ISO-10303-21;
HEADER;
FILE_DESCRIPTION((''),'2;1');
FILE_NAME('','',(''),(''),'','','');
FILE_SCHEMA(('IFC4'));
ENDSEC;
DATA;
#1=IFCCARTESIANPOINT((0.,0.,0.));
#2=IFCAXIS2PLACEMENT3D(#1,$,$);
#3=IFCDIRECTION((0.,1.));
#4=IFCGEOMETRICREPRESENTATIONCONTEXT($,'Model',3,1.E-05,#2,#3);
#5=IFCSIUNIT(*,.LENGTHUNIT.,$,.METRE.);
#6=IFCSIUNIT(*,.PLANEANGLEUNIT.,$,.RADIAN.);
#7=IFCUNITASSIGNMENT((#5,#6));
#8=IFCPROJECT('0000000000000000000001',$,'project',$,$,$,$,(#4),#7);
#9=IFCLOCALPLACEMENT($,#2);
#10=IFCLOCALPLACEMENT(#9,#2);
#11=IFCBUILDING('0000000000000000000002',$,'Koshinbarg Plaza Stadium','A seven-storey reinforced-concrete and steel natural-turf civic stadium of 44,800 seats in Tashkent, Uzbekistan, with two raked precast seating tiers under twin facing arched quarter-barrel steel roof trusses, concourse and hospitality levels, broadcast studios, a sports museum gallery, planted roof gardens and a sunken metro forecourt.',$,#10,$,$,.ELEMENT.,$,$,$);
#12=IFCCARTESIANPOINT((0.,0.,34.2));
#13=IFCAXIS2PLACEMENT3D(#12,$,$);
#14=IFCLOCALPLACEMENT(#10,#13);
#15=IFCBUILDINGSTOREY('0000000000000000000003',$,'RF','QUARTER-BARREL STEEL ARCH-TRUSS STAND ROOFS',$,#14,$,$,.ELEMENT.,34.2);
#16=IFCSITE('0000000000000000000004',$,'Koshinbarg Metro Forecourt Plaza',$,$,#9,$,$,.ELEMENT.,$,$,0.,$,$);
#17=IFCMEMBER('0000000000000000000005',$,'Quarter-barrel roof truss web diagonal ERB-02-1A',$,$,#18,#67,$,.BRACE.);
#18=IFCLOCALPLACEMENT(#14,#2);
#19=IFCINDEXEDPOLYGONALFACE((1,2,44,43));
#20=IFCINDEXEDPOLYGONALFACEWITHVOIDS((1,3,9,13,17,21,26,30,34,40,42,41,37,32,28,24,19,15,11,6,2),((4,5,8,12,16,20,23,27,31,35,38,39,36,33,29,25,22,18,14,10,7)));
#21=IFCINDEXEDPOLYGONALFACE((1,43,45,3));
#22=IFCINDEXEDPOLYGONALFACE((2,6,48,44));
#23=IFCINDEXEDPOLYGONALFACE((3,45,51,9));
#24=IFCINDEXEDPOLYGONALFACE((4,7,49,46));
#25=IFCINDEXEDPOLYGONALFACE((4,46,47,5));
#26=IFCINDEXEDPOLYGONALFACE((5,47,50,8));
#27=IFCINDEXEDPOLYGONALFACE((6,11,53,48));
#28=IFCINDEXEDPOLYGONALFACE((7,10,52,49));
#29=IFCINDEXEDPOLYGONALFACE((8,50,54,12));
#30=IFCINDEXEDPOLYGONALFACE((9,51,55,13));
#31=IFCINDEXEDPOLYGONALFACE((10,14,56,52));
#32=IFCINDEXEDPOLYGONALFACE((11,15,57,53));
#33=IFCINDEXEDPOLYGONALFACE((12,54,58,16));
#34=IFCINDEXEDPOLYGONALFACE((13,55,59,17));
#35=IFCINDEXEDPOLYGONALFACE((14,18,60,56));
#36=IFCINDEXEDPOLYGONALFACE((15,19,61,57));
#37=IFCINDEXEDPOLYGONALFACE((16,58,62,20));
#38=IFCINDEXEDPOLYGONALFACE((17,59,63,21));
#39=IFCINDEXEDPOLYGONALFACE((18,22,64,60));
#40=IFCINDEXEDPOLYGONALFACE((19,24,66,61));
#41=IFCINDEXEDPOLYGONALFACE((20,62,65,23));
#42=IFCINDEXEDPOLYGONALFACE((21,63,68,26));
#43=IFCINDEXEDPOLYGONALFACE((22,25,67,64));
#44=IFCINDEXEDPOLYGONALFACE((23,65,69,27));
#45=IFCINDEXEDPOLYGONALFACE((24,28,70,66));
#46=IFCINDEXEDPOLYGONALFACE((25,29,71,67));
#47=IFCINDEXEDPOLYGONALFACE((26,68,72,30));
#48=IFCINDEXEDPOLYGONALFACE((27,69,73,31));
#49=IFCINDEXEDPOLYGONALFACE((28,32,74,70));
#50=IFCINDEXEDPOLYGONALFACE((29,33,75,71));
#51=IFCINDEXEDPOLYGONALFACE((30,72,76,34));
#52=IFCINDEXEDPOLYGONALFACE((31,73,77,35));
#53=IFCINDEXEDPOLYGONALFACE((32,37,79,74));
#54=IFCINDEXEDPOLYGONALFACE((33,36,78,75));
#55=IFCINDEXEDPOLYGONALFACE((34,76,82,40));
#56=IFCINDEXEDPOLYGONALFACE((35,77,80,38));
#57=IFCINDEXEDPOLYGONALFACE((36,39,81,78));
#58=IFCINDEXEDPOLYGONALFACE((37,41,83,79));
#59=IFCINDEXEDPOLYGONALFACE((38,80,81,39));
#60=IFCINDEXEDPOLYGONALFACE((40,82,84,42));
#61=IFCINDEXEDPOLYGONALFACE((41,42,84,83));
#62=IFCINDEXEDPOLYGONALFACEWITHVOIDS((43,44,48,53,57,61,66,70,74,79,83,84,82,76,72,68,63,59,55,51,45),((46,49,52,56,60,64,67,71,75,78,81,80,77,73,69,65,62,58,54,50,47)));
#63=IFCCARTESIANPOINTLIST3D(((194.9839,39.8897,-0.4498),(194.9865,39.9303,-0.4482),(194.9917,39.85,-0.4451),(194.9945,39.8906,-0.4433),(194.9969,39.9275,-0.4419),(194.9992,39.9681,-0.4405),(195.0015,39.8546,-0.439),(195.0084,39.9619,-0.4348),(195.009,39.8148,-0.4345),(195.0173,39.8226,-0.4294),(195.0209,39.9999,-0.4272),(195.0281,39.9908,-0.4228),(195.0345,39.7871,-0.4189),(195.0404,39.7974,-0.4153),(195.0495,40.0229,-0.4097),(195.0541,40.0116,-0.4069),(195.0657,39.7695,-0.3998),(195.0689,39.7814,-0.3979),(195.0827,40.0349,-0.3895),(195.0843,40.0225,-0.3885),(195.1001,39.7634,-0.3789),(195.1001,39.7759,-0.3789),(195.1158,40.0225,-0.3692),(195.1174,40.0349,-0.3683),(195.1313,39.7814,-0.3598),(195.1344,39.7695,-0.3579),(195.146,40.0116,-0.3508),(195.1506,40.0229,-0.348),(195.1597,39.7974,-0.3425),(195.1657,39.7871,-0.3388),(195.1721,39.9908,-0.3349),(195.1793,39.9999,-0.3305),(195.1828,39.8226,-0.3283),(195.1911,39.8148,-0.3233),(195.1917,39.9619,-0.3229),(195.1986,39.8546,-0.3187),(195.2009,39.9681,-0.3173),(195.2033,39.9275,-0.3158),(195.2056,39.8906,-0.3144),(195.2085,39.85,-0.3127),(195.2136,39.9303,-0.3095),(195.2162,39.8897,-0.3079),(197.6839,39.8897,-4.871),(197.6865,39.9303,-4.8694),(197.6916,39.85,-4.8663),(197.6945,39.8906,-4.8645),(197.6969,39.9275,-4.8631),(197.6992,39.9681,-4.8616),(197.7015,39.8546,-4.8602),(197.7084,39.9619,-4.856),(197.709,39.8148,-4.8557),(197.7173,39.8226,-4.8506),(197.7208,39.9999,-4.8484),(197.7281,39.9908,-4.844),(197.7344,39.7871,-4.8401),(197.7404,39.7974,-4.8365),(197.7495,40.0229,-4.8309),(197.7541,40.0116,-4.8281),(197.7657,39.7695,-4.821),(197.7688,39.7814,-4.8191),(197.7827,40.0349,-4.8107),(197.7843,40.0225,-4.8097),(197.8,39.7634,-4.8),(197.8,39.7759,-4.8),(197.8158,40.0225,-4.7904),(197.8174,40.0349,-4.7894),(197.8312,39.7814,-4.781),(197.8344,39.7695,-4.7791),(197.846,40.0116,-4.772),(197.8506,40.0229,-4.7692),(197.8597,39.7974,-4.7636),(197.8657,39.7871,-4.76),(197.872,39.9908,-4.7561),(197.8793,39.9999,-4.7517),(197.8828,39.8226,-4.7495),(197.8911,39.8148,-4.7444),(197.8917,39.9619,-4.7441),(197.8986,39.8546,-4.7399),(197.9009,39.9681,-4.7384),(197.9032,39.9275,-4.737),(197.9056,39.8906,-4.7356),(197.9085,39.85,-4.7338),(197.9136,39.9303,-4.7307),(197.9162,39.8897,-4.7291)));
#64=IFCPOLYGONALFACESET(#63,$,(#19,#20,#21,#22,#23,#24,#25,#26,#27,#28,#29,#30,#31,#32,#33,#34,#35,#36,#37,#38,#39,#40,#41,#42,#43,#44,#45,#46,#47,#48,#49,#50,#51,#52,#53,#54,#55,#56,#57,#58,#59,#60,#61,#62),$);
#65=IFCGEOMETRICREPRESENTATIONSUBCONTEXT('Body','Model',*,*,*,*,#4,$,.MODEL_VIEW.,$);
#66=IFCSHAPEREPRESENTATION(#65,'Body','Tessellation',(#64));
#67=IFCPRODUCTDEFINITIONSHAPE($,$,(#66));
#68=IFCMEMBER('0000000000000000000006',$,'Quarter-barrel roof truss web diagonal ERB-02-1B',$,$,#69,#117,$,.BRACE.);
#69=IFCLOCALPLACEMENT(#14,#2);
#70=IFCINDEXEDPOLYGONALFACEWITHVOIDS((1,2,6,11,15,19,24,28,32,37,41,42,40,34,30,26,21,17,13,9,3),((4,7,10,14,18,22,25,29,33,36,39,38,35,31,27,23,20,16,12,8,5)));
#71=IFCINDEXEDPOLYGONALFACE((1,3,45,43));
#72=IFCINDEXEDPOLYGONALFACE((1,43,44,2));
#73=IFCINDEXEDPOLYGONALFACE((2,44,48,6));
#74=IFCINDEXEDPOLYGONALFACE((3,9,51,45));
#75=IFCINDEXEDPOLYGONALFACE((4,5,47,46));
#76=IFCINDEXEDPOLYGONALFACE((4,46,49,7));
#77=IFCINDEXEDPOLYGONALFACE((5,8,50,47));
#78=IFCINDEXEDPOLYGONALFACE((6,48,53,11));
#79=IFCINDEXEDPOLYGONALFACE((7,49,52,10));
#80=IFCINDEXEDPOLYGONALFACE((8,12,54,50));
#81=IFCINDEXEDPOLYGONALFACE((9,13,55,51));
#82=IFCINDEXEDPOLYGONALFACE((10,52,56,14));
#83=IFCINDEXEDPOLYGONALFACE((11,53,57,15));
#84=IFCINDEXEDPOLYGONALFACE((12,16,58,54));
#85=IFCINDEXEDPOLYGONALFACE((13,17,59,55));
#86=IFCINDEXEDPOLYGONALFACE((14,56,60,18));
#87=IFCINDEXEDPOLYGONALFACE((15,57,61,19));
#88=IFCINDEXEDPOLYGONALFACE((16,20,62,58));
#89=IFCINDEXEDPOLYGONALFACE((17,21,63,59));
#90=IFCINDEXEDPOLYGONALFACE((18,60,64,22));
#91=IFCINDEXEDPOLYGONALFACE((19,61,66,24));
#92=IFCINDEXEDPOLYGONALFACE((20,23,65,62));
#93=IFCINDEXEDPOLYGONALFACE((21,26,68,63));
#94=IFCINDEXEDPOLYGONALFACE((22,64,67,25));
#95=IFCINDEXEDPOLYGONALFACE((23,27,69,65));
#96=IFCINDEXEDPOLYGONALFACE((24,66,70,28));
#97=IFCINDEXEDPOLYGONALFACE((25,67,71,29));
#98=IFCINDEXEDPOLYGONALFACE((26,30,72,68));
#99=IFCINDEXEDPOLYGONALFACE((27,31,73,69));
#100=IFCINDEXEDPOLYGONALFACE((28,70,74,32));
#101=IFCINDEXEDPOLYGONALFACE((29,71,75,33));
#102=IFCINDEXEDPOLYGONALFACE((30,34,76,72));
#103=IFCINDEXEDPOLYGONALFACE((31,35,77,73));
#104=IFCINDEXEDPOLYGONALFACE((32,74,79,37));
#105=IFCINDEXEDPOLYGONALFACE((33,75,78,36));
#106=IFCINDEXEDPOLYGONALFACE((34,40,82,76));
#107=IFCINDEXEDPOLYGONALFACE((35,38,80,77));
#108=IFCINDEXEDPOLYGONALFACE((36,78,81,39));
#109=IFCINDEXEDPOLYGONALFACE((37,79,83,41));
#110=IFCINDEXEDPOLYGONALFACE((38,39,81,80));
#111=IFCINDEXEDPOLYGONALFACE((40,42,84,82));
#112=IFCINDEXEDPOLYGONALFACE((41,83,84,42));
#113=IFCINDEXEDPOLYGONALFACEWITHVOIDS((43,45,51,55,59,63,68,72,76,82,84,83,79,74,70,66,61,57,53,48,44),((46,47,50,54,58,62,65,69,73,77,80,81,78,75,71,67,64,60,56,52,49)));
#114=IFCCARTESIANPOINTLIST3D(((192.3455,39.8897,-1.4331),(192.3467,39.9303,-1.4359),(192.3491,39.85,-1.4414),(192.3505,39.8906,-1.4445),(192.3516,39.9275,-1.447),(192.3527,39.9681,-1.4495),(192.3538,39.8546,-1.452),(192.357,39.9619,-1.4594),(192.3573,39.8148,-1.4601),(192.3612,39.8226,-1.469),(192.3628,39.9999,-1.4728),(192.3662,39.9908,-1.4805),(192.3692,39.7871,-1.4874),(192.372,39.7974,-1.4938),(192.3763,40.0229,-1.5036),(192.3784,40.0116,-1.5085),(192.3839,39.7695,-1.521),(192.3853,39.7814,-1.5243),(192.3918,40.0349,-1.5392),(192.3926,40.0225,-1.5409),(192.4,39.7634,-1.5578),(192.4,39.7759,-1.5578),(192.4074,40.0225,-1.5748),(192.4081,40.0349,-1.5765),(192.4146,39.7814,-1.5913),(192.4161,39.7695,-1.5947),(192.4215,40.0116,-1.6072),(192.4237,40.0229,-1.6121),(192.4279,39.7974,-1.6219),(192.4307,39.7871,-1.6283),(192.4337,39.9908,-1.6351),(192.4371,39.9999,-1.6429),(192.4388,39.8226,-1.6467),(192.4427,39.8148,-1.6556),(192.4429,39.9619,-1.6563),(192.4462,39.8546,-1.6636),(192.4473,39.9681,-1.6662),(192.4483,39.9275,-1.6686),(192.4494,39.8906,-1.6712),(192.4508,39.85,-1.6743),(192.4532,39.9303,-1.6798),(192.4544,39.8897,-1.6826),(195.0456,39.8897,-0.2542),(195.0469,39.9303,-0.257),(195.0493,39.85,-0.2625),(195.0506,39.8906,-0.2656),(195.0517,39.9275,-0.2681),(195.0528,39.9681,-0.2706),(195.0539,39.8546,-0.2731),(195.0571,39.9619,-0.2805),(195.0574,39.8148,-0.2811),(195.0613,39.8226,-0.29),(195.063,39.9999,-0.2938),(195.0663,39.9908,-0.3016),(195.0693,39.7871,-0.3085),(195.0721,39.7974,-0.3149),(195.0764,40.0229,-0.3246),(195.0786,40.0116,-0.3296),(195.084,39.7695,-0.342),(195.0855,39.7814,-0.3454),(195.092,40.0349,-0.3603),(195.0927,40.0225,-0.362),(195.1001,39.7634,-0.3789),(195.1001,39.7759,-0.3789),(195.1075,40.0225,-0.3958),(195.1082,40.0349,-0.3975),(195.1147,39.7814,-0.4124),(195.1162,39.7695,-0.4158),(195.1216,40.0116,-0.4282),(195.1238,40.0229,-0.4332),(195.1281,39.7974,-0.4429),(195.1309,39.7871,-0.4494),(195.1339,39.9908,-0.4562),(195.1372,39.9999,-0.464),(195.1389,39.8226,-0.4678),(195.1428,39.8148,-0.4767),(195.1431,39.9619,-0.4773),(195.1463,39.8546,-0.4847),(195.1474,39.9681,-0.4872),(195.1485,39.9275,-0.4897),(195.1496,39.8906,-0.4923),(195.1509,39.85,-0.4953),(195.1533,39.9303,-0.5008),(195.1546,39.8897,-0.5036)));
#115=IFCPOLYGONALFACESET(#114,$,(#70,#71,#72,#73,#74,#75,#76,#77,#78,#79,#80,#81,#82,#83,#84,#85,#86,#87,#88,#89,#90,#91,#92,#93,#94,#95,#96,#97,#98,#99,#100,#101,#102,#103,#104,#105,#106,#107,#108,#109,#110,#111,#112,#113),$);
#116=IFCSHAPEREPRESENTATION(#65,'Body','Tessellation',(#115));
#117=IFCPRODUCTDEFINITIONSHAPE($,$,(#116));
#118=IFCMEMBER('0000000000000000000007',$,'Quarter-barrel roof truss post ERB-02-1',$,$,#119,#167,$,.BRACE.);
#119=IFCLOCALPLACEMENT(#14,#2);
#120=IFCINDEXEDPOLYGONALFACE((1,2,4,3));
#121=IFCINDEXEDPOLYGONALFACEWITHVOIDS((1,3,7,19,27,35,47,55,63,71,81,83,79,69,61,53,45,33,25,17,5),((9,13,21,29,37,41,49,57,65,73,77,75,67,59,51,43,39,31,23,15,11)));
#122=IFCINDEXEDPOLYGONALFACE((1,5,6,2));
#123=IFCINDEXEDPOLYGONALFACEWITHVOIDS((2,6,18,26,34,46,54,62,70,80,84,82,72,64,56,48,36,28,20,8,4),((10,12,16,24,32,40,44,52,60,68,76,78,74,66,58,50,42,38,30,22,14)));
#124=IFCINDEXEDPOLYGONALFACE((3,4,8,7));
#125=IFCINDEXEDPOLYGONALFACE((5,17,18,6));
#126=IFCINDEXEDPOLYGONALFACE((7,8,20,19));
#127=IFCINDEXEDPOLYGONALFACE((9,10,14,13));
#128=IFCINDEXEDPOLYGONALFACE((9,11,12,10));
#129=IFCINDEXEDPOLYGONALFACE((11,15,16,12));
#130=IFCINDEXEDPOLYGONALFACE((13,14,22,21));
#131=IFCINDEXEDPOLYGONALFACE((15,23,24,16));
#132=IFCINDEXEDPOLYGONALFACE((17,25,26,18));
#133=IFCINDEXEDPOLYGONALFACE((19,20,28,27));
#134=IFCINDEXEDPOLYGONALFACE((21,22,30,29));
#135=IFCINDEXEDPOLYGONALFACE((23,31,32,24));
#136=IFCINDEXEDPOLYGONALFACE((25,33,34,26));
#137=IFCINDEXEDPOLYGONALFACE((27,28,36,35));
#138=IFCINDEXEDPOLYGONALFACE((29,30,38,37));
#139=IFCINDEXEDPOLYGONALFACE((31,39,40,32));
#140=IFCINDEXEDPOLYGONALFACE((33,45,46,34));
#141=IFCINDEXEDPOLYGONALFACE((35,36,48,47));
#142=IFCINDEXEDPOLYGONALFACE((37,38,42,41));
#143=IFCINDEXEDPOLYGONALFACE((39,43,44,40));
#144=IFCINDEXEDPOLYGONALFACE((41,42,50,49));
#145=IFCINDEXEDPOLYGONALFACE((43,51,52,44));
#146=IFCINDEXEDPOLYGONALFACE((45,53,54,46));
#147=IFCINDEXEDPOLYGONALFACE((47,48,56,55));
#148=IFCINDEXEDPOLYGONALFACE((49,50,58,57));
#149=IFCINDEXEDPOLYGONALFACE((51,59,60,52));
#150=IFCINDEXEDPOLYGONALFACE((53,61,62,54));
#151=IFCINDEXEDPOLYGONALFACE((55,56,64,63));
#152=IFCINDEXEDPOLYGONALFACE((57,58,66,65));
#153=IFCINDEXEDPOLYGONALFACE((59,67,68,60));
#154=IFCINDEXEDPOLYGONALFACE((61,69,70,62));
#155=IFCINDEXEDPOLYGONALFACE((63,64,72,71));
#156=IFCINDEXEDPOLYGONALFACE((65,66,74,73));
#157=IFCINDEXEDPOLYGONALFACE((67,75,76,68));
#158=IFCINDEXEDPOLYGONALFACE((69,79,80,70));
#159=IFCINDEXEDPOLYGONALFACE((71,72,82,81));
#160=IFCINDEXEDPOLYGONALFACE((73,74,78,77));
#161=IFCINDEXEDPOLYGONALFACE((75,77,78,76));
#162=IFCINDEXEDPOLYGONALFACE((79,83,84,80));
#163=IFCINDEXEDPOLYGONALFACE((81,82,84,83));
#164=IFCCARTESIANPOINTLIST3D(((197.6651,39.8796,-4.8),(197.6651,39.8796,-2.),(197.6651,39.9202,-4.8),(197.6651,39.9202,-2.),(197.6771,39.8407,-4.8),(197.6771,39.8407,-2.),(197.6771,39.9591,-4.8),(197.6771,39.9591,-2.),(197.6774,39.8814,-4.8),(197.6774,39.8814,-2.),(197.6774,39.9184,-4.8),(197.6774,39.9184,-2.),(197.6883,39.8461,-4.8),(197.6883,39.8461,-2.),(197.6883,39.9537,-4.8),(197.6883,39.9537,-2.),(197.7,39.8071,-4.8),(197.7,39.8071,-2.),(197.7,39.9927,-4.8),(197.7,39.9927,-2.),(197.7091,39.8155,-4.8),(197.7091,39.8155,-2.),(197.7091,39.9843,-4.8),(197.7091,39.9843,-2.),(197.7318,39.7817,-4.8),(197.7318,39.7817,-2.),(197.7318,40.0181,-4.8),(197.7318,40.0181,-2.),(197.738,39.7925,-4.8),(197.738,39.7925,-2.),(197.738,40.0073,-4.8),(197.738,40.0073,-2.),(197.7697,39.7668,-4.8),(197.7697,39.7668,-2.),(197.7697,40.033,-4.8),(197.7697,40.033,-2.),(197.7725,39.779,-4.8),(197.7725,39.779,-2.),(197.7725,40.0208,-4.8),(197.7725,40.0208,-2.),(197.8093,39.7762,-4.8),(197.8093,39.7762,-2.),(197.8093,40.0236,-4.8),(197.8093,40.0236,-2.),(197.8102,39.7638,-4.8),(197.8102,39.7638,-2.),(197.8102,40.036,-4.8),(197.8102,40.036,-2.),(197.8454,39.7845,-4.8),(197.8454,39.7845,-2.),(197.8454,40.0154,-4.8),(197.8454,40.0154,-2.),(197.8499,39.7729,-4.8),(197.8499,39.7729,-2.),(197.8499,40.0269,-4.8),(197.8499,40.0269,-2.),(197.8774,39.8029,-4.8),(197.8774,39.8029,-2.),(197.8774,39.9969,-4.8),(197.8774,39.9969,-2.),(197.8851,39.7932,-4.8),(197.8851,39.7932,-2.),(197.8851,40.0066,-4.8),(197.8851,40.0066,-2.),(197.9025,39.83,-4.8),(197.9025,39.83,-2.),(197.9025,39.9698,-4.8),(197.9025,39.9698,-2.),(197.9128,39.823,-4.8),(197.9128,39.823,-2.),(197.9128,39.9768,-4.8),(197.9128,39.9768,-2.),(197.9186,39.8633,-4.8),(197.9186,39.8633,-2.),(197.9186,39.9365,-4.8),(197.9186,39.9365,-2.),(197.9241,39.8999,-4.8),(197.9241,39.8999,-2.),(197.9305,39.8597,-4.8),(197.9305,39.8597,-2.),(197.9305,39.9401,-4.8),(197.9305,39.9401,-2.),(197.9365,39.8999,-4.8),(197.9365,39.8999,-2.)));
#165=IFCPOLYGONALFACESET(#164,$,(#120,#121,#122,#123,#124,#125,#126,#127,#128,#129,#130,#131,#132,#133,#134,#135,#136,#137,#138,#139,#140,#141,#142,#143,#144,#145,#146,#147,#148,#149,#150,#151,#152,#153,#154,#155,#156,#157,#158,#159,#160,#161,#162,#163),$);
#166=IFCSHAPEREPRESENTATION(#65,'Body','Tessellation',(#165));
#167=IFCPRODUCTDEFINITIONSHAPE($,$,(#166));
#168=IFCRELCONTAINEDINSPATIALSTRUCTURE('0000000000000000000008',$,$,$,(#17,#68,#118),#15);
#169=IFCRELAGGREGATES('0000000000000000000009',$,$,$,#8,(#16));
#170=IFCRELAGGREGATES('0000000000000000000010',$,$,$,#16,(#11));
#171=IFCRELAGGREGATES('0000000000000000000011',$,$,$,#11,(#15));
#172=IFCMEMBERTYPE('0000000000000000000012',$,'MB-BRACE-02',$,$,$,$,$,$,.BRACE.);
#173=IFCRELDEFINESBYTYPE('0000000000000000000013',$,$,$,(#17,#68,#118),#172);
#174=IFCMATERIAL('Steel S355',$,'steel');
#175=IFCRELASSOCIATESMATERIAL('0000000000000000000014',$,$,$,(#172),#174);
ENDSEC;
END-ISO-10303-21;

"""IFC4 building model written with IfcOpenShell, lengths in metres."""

from ifc_helpers import new_model, si_unit, direction, frame, origin, origin_2d, place, context, subcontext, project, spatial, hollow_circle, extrude, material, material_profile, profile_set, type_object, element, save


model = new_model("IFC4")

# Units and contexts
model_context = context("Model", 3, precision=1e-05, world=origin(), true_north=direction((0.0, 1.0)))
body_context = subcontext(model_context, "Body", "Model", "MODEL_VIEW")
ifc_project = project(units=[si_unit("LENGTHUNIT", "METRE"), si_unit("PLANEANGLEUNIT", "RADIAN")], contexts=[model_context])

# Site, building, storey
site_placement = place(None, origin())
site = spatial("IfcSite", under=ifc_project, at=site_placement, Name="Koshinbarg Metro Forecourt Plaza", CompositionType="ELEMENT", RefElevation=0.0)
building_placement = place(site_placement, origin())
building = spatial("IfcBuilding", under=site, at=building_placement, Name="Koshinbarg Plaza Stadium", Description="A seven-storey reinforced-concrete and steel natural-turf civic stadium of 44,800 seats in Tashkent, Uzbekistan, with two raked precast seating tiers under twin facing arched quarter-barrel steel roof trusses, concourse and hospitality levels, broadcast studios, a sports museum gallery, planted roof gardens and a sunken metro forecourt.", CompositionType="ELEMENT")
storey_placement = place(building_placement, frame((0.0, 0.0, 34.2)))
storey = spatial("IfcBuildingStorey", under=building, at=storey_placement, Name="RF", Description="QUARTER-BARREL STEEL ARCH-TRUSS STAND ROOFS", CompositionType="ELEMENT", Elevation=34.2)

# Members
ifc_material_1 = material(Name="Steel S355", Category="steel")
ifc_material_profile_1 = material_profile(ifc_material_1, hollow_circle(Radius=0.1365, WallThickness=0.0125, at=origin_2d()), Name="CHS 273x12.5")
ifc_profile_set_1 = profile_set([ifc_material_profile_1], Name="Steel S355")
member_type_1 = type_object("IfcMemberType", Name="MB-BRACE-02", PredefinedType="BRACE", material=ifc_profile_set_1)
member_1_placement = place(storey_placement, frame((197.8, 39.8999, -4.8), z_axis=(-0.521189, 0.0, 0.853441), x_axis=(0.0, -1.0, 0.0)))
element("IfcMember", 1, at=member_1_placement, inside=storey, type_object=member_type_1, Name="Quarter-barrel roof truss web diagonal ERB-02-1A", PredefinedType="BRACE", context=body_context, shape_type="SweptSolid", body=[
    extrude(hollow_circle(Radius=0.1365, WallThickness=0.0125, at=origin_2d()), origin(), (0.0, 0.0, 1.0), 5.1804),
])
member_2_placement = place(storey_placement, frame((195.1001, 39.8999, -0.3789), z_axis=(-0.916454, 0.0, -0.400141), x_axis=(0.0, -1.0, 0.0)))
element("IfcMember", 2, at=member_2_placement, inside=storey, type_object=member_type_1, Name="Quarter-barrel roof truss web diagonal ERB-02-1B", PredefinedType="BRACE", context=body_context, shape_type="SweptSolid", body=[
    extrude(hollow_circle(Radius=0.1365, WallThickness=0.0125, at=origin_2d()), origin(), (0.0, 0.0, 1.0), 2.9463),
])
for number, where, z_axis, x_axis, name in (
    (3, (197.8, 39.8999, -4.8), (0.0, 0.0, 1.0), (1.0, 0.0, 0.0), "Quarter-barrel roof truss post ERB-02-1"),
):
    element("IfcMember", number, at=place(storey_placement, frame(where, z_axis=z_axis, x_axis=x_axis)), inside=storey, type_object=member_type_1, Name=name, PredefinedType="BRACE", context=body_context, shape_type="SweptSolid", body=[
        extrude(hollow_circle(Radius=0.1365, WallThickness=0.0125, at=origin_2d()), origin(), (0.0, 0.0, 1.0), 2.8),
    ])

save(model, "model.ifc")
